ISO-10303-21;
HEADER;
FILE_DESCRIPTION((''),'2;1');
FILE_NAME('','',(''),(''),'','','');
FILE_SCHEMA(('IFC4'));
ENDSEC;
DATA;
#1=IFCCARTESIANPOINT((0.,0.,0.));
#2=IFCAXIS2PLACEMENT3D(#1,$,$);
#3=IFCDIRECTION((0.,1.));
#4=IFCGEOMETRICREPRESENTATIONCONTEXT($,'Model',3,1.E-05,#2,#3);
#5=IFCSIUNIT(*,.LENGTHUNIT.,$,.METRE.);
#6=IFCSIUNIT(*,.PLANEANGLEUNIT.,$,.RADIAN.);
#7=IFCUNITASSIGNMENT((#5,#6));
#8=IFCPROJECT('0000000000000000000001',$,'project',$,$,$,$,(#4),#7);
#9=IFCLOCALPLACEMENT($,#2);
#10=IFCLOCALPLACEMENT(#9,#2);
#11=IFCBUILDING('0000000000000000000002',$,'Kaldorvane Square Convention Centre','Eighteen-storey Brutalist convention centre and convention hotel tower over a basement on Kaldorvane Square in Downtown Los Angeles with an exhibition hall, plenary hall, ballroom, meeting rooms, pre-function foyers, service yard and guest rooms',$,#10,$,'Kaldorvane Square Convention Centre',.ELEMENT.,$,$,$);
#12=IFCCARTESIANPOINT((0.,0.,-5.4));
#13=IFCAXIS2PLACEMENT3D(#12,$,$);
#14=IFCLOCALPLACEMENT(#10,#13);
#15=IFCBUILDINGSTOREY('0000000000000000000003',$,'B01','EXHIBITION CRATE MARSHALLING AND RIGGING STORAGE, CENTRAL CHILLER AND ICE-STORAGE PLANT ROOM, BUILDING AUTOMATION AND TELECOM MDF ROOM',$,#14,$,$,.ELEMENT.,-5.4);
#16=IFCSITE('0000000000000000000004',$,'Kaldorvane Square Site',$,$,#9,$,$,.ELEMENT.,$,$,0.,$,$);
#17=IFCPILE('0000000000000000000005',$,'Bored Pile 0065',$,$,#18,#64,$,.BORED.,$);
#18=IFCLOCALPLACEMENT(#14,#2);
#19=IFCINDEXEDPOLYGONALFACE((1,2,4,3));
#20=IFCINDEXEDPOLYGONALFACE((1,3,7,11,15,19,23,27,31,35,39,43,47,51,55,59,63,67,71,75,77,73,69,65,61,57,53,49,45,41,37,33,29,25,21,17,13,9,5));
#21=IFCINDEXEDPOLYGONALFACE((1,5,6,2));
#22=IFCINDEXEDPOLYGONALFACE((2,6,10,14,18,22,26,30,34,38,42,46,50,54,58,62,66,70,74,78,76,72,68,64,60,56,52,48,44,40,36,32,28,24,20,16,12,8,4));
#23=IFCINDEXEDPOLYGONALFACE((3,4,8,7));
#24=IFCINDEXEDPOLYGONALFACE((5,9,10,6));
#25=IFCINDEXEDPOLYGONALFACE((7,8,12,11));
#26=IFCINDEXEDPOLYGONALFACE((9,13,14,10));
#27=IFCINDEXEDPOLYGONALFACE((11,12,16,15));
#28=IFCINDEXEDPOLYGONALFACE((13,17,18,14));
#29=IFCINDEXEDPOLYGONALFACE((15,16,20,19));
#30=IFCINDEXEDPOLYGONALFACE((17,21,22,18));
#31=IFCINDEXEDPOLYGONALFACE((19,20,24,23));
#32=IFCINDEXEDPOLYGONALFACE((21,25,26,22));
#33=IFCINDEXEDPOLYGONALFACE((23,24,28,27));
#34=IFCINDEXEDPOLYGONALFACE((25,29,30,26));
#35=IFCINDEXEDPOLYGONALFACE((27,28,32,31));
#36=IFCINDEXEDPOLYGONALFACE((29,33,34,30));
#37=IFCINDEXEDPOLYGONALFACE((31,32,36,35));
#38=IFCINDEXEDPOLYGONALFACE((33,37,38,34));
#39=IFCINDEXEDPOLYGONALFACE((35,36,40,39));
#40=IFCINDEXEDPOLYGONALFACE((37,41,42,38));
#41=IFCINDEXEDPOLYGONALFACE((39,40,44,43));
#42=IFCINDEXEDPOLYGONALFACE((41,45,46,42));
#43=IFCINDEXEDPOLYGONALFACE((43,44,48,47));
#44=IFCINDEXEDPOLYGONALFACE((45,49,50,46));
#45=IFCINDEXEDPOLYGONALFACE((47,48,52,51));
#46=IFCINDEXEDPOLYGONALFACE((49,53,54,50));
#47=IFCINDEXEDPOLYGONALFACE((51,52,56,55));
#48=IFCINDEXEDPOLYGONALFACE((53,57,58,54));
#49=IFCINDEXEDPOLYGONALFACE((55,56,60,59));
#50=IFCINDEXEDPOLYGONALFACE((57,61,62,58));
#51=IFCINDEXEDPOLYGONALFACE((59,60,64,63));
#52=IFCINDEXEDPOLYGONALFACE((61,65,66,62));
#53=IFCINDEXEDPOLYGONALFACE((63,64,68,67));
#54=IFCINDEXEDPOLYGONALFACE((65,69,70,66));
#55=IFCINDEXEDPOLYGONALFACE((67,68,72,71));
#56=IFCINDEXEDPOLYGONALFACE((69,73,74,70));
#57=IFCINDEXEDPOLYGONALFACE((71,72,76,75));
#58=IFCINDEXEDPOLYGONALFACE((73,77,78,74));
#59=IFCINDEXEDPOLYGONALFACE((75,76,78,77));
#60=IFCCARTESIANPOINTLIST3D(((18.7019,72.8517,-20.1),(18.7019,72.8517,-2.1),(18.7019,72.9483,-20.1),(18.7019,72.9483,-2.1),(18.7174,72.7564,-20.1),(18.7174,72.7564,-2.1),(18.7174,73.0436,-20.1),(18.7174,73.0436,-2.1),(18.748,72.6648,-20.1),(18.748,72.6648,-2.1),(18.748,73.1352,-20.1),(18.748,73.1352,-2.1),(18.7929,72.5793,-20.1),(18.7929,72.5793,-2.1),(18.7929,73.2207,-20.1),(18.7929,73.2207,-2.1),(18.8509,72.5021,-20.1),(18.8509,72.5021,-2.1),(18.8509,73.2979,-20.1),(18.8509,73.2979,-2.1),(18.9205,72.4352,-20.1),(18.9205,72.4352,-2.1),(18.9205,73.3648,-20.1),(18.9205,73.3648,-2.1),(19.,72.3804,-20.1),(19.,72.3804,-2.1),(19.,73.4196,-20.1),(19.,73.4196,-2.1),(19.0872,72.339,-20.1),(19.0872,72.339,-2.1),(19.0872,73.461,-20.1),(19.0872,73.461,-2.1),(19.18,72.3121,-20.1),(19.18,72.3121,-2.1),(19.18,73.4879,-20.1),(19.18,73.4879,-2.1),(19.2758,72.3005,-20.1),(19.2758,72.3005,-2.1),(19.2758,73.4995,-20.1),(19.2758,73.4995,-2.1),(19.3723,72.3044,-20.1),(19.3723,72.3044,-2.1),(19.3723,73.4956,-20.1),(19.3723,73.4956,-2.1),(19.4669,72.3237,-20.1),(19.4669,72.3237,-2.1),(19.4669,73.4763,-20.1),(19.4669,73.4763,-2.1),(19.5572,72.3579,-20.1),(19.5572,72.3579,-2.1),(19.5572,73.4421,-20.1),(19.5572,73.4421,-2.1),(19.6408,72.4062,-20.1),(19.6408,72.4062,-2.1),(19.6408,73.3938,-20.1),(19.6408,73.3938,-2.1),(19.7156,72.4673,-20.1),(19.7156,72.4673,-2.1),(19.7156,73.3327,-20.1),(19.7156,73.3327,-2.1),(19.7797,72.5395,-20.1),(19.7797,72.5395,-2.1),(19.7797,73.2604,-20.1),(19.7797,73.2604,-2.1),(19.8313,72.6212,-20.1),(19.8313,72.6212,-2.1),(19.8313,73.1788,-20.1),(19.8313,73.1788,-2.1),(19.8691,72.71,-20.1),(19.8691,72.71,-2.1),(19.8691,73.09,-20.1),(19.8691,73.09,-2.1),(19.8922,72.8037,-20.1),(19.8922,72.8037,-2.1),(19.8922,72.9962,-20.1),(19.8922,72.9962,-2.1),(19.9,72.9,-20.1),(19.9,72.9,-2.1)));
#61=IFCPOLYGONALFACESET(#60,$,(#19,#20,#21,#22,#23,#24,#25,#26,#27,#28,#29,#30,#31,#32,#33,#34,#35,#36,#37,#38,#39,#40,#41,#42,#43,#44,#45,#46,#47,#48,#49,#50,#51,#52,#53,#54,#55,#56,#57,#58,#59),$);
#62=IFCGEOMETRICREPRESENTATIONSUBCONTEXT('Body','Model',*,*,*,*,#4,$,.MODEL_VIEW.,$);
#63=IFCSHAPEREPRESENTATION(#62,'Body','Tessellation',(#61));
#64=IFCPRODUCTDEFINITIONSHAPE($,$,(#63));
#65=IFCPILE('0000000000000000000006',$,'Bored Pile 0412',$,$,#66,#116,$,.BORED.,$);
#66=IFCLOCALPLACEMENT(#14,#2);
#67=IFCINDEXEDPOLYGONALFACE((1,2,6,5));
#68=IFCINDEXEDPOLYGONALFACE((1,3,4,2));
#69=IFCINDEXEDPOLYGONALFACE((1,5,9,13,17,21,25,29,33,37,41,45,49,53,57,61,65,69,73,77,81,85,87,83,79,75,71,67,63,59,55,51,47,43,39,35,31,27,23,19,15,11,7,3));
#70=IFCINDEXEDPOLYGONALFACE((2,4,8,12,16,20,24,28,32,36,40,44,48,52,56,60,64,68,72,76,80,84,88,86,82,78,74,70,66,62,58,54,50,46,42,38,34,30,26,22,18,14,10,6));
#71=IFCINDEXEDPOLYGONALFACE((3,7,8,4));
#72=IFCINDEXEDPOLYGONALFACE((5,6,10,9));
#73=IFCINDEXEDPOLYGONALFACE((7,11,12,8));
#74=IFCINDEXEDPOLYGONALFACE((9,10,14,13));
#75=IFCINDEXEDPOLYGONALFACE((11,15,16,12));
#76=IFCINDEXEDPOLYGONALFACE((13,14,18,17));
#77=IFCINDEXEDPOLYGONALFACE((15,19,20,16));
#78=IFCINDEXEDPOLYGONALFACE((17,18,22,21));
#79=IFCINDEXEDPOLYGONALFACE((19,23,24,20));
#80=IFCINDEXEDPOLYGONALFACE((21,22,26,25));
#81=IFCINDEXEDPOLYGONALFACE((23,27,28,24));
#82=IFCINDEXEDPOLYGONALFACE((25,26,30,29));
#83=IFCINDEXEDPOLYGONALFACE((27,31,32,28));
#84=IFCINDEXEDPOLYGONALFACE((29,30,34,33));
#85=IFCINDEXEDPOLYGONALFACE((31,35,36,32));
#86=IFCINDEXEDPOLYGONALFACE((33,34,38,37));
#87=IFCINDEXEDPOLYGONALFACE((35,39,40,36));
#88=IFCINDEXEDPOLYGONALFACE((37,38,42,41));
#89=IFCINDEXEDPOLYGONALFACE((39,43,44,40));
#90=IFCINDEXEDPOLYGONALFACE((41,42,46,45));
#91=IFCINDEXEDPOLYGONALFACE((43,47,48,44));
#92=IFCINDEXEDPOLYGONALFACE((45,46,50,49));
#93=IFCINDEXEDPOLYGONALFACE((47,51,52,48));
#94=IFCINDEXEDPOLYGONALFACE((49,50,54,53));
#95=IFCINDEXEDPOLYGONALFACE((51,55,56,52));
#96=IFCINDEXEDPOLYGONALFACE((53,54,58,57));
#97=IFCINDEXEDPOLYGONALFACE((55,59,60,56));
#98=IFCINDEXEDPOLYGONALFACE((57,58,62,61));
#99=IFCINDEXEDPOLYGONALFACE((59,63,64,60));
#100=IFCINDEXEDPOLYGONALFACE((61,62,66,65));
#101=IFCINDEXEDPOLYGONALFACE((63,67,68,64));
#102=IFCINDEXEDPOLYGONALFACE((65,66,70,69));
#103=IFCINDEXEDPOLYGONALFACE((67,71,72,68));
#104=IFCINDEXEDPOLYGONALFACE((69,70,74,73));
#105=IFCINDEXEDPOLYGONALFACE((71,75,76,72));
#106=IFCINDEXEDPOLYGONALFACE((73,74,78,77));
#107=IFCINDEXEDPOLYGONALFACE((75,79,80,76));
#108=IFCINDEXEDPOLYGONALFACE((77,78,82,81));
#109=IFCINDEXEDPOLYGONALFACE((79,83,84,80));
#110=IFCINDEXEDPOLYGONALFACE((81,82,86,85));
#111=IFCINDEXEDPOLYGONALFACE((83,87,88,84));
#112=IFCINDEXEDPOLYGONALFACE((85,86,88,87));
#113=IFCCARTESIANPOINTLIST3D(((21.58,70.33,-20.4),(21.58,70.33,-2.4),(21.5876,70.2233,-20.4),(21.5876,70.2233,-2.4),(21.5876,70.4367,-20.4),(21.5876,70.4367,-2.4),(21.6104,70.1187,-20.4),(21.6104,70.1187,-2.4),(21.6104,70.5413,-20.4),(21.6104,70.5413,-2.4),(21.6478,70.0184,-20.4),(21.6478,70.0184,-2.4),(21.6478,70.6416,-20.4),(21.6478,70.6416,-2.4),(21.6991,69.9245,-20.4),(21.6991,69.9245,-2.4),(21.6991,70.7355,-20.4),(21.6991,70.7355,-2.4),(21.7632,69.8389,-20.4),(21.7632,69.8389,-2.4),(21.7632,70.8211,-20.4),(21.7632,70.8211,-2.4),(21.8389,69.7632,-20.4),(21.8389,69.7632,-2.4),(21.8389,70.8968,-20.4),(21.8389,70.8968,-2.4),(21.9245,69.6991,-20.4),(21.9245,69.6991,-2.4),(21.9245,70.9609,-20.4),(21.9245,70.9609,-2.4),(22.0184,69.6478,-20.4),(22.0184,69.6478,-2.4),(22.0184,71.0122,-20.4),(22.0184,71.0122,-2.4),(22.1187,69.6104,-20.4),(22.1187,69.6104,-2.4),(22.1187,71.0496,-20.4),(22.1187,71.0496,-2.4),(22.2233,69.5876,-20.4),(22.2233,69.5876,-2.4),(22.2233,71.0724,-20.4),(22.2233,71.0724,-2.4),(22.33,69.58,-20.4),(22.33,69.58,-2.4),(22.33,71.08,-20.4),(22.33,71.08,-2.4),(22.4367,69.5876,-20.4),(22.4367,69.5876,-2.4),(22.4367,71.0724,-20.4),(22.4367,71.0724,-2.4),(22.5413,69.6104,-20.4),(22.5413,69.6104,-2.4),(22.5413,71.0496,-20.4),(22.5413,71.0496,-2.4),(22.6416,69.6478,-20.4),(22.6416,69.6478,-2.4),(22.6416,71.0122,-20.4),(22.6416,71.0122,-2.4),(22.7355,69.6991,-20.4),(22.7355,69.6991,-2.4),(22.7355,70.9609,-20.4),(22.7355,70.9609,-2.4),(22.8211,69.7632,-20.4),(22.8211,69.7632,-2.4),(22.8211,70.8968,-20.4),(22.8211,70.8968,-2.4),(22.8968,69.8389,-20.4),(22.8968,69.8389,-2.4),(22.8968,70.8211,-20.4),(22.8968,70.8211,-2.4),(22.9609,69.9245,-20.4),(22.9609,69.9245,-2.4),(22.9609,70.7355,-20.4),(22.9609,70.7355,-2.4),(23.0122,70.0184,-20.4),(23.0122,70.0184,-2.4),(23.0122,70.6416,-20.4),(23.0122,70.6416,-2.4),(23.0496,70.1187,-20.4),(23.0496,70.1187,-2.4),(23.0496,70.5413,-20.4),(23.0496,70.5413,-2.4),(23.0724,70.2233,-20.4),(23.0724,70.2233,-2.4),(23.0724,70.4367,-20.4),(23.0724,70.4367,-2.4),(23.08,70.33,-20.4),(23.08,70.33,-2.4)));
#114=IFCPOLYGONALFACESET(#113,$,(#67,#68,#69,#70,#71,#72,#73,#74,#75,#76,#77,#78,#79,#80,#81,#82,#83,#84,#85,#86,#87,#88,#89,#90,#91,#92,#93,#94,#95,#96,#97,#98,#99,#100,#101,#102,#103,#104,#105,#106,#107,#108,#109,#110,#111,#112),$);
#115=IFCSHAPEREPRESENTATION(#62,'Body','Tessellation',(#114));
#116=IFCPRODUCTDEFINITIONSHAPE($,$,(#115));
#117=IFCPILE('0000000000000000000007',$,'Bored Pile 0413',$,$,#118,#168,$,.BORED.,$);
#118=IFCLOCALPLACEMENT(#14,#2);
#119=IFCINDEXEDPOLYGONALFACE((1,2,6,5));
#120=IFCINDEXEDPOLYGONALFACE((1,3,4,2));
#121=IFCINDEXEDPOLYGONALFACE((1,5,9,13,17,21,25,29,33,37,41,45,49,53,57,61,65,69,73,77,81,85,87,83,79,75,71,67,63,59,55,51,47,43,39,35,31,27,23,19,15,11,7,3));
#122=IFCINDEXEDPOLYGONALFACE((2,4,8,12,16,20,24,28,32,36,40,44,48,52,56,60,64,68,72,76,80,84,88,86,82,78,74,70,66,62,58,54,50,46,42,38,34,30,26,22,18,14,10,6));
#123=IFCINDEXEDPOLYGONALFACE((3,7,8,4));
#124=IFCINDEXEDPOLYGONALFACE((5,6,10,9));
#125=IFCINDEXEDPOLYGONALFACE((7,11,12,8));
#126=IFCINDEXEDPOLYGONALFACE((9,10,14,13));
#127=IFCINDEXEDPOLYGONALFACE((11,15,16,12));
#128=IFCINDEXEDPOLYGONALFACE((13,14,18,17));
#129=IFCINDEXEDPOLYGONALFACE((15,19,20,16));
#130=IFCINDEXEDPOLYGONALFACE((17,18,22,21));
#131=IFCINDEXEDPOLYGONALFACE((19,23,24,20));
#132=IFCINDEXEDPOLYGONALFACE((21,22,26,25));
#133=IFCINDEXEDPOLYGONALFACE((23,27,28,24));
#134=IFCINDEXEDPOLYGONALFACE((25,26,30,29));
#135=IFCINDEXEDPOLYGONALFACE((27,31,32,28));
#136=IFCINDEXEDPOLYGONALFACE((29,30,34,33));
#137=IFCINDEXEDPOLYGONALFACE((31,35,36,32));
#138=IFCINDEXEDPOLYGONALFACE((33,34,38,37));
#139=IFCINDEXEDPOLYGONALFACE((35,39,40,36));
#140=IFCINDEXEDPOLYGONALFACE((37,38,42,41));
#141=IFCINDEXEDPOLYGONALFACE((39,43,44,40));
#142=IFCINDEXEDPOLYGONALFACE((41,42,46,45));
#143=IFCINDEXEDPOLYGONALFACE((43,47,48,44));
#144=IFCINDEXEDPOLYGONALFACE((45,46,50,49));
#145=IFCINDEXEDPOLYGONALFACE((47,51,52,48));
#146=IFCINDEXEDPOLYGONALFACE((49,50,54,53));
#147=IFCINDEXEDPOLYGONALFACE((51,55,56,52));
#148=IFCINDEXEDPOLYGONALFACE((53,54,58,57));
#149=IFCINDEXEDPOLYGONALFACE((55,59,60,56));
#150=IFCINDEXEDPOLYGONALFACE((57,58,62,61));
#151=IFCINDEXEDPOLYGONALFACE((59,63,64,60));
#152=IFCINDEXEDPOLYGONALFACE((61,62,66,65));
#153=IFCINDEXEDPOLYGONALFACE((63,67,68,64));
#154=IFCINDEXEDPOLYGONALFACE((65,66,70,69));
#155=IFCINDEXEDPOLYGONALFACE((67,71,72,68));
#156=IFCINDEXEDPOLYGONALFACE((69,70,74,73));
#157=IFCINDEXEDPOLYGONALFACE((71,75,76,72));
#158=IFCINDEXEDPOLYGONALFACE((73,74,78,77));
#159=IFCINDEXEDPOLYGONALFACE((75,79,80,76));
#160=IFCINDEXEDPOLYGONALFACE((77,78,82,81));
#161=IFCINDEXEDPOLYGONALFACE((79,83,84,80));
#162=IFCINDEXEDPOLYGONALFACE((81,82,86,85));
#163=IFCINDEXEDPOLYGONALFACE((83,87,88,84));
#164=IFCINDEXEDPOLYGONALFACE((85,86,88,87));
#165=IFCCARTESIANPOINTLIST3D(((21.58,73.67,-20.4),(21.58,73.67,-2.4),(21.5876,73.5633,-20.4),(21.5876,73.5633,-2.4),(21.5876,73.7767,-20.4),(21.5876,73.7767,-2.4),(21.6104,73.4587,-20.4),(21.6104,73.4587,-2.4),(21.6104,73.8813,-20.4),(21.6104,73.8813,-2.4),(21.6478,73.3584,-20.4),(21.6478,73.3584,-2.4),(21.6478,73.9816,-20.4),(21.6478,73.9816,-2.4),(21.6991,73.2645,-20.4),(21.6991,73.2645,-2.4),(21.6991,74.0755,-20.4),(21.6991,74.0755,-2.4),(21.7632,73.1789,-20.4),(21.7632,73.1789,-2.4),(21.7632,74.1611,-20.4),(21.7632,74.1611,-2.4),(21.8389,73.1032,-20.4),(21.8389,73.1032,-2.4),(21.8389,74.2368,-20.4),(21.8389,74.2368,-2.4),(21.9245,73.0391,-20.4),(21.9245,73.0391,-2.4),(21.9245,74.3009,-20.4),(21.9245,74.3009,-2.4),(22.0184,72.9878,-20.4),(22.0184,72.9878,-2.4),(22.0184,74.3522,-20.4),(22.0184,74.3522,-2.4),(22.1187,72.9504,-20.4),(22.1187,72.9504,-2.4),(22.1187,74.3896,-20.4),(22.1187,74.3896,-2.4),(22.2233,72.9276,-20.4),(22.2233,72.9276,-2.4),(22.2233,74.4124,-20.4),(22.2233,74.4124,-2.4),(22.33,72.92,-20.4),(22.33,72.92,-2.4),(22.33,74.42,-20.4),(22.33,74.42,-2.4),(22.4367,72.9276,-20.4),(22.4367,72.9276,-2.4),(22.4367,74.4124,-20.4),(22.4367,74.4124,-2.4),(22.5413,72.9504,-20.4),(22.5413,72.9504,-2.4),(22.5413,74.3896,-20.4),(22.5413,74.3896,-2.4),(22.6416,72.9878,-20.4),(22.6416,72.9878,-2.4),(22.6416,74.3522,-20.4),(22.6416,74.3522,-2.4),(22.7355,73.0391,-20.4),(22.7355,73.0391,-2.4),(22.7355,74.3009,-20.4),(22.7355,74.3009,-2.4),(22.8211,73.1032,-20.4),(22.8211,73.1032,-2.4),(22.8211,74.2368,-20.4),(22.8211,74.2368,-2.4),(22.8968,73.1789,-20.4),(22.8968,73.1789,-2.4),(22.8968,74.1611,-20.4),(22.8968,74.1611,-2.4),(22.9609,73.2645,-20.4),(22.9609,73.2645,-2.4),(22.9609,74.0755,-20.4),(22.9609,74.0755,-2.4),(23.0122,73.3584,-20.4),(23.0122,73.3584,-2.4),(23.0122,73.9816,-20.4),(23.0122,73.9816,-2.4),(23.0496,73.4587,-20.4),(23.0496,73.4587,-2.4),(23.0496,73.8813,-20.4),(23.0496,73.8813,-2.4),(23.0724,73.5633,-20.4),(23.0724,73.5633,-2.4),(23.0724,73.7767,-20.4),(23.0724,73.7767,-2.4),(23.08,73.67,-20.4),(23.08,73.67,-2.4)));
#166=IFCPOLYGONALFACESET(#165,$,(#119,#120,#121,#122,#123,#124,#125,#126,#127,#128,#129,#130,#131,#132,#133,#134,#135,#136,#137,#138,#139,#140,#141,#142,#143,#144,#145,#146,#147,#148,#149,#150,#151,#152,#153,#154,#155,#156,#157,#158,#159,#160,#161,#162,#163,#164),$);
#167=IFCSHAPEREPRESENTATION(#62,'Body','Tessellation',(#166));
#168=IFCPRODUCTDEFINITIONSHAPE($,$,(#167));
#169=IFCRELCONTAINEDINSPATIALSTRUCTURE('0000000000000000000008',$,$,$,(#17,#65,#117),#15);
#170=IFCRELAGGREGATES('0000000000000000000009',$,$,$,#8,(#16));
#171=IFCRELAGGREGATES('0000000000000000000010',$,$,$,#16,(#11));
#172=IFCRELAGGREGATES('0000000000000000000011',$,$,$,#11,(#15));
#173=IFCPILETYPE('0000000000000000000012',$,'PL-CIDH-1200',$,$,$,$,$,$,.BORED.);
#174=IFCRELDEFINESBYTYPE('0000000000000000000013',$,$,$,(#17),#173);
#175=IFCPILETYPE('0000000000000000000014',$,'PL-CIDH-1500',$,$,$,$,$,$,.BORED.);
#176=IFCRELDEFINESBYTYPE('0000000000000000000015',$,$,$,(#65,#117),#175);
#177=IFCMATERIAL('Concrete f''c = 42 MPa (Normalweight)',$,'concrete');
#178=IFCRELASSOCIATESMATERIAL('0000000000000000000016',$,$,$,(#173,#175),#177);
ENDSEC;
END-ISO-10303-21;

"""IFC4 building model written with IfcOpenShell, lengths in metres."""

from ifc_helpers import new_model, si_unit, direction, frame, origin, origin_2d, place, context, subcontext, project, spatial, circle, extrude, material, material_profile, profile_set, type_object, element, save


model = new_model("IFC4")

# Units and contexts
model_context = context("Model", 3, precision=1e-05, world=origin(), true_north=direction((0.0, 1.0)))
body_context = subcontext(model_context, "Body", "Model", "MODEL_VIEW")
ifc_project = project(units=[si_unit("LENGTHUNIT", "METRE"), si_unit("PLANEANGLEUNIT", "RADIAN")], contexts=[model_context])

# Site, building, storey
site_placement = place(None, origin())
site = spatial("IfcSite", under=ifc_project, at=site_placement, Name="Kaldorvane Square Site", CompositionType="ELEMENT", RefElevation=0.0)
building_placement = place(site_placement, origin())
building = spatial("IfcBuilding", under=site, at=building_placement, Name="Kaldorvane Square Convention Centre", Description="Eighteen-storey Brutalist convention centre and convention hotel tower over a basement on Kaldorvane Square in Downtown Los Angeles with an exhibition hall, plenary hall, ballroom, meeting rooms, pre-function foyers, service yard and guest rooms", LongName="Kaldorvane Square Convention Centre", CompositionType="ELEMENT")
storey_placement = place(building_placement, frame((0.0, 0.0, -5.4)))
storey = spatial("IfcBuildingStorey", under=building, at=storey_placement, Name="B01", Description="EXHIBITION CRATE MARSHALLING AND RIGGING STORAGE, CENTRAL CHILLER AND ICE-STORAGE PLANT ROOM, BUILDING AUTOMATION AND TELECOM MDF ROOM", CompositionType="ELEMENT", Elevation=-5.4)

# Shared definitions
ifc_material_1 = material(Name="Concrete f'c = 42 MPa (Normalweight)", Category="concrete")

# Piles
ifc_material_profile_1 = material_profile(ifc_material_1, circle(Radius=0.6, at=origin_2d()), Name="PILE-D1200")
ifc_profile_set_1 = profile_set([ifc_material_profile_1], Name="Concrete f'c = 42 MPa (Normalweight)")
pile_type_1 = type_object("IfcPileType", Name="PL-CIDH-1200", PredefinedType="BORED", material=ifc_profile_set_1)
for number, where, z_axis, x_axis, name in (
    (1, (19.3, 72.9, -2.1), (0.0, 0.0, -1.0), (1.0, 0.0, 0.0), "Bored Pile 0065"),
):
    element("IfcPile", number, at=place(storey_placement, frame(where, z_axis=z_axis, x_axis=x_axis)), inside=storey, type_object=pile_type_1, Name=name, PredefinedType="BORED", context=body_context, shape_type="SweptSolid", body=[
        extrude(circle(Radius=0.6, at=origin_2d()), origin(), (0.0, 0.0, 1.0), 18.0),
    ])
ifc_material_profile_2 = material_profile(ifc_material_1, circle(Radius=0.75, at=origin_2d()), Name="PILE-D1500")
ifc_profile_set_2 = profile_set([ifc_material_profile_2], Name="Concrete f'c = 42 MPa (Normalweight)")
pile_type_2 = type_object("IfcPileType", Name="PL-CIDH-1500", PredefinedType="BORED", material=ifc_profile_set_2)
for number, where, z_axis, x_axis, name in (
    (2, (22.33, 70.33, -2.4), (0.0, 0.0, -1.0), (1.0, 0.0, 0.0), "Bored Pile 0412"),
    (3, (22.33, 73.67, -2.4), (0.0, 0.0, -1.0), (1.0, 0.0, 0.0), "Bored Pile 0413"),
):
    element("IfcPile", number, at=place(storey_placement, frame(where, z_axis=z_axis, x_axis=x_axis)), inside=storey, type_object=pile_type_2, Name=name, PredefinedType="BORED", context=body_context, shape_type="SweptSolid", body=[
        extrude(circle(Radius=0.75, at=origin_2d()), origin(), (0.0, 0.0, 1.0), 18.0),
    ])

save(model, "model.ifc")
